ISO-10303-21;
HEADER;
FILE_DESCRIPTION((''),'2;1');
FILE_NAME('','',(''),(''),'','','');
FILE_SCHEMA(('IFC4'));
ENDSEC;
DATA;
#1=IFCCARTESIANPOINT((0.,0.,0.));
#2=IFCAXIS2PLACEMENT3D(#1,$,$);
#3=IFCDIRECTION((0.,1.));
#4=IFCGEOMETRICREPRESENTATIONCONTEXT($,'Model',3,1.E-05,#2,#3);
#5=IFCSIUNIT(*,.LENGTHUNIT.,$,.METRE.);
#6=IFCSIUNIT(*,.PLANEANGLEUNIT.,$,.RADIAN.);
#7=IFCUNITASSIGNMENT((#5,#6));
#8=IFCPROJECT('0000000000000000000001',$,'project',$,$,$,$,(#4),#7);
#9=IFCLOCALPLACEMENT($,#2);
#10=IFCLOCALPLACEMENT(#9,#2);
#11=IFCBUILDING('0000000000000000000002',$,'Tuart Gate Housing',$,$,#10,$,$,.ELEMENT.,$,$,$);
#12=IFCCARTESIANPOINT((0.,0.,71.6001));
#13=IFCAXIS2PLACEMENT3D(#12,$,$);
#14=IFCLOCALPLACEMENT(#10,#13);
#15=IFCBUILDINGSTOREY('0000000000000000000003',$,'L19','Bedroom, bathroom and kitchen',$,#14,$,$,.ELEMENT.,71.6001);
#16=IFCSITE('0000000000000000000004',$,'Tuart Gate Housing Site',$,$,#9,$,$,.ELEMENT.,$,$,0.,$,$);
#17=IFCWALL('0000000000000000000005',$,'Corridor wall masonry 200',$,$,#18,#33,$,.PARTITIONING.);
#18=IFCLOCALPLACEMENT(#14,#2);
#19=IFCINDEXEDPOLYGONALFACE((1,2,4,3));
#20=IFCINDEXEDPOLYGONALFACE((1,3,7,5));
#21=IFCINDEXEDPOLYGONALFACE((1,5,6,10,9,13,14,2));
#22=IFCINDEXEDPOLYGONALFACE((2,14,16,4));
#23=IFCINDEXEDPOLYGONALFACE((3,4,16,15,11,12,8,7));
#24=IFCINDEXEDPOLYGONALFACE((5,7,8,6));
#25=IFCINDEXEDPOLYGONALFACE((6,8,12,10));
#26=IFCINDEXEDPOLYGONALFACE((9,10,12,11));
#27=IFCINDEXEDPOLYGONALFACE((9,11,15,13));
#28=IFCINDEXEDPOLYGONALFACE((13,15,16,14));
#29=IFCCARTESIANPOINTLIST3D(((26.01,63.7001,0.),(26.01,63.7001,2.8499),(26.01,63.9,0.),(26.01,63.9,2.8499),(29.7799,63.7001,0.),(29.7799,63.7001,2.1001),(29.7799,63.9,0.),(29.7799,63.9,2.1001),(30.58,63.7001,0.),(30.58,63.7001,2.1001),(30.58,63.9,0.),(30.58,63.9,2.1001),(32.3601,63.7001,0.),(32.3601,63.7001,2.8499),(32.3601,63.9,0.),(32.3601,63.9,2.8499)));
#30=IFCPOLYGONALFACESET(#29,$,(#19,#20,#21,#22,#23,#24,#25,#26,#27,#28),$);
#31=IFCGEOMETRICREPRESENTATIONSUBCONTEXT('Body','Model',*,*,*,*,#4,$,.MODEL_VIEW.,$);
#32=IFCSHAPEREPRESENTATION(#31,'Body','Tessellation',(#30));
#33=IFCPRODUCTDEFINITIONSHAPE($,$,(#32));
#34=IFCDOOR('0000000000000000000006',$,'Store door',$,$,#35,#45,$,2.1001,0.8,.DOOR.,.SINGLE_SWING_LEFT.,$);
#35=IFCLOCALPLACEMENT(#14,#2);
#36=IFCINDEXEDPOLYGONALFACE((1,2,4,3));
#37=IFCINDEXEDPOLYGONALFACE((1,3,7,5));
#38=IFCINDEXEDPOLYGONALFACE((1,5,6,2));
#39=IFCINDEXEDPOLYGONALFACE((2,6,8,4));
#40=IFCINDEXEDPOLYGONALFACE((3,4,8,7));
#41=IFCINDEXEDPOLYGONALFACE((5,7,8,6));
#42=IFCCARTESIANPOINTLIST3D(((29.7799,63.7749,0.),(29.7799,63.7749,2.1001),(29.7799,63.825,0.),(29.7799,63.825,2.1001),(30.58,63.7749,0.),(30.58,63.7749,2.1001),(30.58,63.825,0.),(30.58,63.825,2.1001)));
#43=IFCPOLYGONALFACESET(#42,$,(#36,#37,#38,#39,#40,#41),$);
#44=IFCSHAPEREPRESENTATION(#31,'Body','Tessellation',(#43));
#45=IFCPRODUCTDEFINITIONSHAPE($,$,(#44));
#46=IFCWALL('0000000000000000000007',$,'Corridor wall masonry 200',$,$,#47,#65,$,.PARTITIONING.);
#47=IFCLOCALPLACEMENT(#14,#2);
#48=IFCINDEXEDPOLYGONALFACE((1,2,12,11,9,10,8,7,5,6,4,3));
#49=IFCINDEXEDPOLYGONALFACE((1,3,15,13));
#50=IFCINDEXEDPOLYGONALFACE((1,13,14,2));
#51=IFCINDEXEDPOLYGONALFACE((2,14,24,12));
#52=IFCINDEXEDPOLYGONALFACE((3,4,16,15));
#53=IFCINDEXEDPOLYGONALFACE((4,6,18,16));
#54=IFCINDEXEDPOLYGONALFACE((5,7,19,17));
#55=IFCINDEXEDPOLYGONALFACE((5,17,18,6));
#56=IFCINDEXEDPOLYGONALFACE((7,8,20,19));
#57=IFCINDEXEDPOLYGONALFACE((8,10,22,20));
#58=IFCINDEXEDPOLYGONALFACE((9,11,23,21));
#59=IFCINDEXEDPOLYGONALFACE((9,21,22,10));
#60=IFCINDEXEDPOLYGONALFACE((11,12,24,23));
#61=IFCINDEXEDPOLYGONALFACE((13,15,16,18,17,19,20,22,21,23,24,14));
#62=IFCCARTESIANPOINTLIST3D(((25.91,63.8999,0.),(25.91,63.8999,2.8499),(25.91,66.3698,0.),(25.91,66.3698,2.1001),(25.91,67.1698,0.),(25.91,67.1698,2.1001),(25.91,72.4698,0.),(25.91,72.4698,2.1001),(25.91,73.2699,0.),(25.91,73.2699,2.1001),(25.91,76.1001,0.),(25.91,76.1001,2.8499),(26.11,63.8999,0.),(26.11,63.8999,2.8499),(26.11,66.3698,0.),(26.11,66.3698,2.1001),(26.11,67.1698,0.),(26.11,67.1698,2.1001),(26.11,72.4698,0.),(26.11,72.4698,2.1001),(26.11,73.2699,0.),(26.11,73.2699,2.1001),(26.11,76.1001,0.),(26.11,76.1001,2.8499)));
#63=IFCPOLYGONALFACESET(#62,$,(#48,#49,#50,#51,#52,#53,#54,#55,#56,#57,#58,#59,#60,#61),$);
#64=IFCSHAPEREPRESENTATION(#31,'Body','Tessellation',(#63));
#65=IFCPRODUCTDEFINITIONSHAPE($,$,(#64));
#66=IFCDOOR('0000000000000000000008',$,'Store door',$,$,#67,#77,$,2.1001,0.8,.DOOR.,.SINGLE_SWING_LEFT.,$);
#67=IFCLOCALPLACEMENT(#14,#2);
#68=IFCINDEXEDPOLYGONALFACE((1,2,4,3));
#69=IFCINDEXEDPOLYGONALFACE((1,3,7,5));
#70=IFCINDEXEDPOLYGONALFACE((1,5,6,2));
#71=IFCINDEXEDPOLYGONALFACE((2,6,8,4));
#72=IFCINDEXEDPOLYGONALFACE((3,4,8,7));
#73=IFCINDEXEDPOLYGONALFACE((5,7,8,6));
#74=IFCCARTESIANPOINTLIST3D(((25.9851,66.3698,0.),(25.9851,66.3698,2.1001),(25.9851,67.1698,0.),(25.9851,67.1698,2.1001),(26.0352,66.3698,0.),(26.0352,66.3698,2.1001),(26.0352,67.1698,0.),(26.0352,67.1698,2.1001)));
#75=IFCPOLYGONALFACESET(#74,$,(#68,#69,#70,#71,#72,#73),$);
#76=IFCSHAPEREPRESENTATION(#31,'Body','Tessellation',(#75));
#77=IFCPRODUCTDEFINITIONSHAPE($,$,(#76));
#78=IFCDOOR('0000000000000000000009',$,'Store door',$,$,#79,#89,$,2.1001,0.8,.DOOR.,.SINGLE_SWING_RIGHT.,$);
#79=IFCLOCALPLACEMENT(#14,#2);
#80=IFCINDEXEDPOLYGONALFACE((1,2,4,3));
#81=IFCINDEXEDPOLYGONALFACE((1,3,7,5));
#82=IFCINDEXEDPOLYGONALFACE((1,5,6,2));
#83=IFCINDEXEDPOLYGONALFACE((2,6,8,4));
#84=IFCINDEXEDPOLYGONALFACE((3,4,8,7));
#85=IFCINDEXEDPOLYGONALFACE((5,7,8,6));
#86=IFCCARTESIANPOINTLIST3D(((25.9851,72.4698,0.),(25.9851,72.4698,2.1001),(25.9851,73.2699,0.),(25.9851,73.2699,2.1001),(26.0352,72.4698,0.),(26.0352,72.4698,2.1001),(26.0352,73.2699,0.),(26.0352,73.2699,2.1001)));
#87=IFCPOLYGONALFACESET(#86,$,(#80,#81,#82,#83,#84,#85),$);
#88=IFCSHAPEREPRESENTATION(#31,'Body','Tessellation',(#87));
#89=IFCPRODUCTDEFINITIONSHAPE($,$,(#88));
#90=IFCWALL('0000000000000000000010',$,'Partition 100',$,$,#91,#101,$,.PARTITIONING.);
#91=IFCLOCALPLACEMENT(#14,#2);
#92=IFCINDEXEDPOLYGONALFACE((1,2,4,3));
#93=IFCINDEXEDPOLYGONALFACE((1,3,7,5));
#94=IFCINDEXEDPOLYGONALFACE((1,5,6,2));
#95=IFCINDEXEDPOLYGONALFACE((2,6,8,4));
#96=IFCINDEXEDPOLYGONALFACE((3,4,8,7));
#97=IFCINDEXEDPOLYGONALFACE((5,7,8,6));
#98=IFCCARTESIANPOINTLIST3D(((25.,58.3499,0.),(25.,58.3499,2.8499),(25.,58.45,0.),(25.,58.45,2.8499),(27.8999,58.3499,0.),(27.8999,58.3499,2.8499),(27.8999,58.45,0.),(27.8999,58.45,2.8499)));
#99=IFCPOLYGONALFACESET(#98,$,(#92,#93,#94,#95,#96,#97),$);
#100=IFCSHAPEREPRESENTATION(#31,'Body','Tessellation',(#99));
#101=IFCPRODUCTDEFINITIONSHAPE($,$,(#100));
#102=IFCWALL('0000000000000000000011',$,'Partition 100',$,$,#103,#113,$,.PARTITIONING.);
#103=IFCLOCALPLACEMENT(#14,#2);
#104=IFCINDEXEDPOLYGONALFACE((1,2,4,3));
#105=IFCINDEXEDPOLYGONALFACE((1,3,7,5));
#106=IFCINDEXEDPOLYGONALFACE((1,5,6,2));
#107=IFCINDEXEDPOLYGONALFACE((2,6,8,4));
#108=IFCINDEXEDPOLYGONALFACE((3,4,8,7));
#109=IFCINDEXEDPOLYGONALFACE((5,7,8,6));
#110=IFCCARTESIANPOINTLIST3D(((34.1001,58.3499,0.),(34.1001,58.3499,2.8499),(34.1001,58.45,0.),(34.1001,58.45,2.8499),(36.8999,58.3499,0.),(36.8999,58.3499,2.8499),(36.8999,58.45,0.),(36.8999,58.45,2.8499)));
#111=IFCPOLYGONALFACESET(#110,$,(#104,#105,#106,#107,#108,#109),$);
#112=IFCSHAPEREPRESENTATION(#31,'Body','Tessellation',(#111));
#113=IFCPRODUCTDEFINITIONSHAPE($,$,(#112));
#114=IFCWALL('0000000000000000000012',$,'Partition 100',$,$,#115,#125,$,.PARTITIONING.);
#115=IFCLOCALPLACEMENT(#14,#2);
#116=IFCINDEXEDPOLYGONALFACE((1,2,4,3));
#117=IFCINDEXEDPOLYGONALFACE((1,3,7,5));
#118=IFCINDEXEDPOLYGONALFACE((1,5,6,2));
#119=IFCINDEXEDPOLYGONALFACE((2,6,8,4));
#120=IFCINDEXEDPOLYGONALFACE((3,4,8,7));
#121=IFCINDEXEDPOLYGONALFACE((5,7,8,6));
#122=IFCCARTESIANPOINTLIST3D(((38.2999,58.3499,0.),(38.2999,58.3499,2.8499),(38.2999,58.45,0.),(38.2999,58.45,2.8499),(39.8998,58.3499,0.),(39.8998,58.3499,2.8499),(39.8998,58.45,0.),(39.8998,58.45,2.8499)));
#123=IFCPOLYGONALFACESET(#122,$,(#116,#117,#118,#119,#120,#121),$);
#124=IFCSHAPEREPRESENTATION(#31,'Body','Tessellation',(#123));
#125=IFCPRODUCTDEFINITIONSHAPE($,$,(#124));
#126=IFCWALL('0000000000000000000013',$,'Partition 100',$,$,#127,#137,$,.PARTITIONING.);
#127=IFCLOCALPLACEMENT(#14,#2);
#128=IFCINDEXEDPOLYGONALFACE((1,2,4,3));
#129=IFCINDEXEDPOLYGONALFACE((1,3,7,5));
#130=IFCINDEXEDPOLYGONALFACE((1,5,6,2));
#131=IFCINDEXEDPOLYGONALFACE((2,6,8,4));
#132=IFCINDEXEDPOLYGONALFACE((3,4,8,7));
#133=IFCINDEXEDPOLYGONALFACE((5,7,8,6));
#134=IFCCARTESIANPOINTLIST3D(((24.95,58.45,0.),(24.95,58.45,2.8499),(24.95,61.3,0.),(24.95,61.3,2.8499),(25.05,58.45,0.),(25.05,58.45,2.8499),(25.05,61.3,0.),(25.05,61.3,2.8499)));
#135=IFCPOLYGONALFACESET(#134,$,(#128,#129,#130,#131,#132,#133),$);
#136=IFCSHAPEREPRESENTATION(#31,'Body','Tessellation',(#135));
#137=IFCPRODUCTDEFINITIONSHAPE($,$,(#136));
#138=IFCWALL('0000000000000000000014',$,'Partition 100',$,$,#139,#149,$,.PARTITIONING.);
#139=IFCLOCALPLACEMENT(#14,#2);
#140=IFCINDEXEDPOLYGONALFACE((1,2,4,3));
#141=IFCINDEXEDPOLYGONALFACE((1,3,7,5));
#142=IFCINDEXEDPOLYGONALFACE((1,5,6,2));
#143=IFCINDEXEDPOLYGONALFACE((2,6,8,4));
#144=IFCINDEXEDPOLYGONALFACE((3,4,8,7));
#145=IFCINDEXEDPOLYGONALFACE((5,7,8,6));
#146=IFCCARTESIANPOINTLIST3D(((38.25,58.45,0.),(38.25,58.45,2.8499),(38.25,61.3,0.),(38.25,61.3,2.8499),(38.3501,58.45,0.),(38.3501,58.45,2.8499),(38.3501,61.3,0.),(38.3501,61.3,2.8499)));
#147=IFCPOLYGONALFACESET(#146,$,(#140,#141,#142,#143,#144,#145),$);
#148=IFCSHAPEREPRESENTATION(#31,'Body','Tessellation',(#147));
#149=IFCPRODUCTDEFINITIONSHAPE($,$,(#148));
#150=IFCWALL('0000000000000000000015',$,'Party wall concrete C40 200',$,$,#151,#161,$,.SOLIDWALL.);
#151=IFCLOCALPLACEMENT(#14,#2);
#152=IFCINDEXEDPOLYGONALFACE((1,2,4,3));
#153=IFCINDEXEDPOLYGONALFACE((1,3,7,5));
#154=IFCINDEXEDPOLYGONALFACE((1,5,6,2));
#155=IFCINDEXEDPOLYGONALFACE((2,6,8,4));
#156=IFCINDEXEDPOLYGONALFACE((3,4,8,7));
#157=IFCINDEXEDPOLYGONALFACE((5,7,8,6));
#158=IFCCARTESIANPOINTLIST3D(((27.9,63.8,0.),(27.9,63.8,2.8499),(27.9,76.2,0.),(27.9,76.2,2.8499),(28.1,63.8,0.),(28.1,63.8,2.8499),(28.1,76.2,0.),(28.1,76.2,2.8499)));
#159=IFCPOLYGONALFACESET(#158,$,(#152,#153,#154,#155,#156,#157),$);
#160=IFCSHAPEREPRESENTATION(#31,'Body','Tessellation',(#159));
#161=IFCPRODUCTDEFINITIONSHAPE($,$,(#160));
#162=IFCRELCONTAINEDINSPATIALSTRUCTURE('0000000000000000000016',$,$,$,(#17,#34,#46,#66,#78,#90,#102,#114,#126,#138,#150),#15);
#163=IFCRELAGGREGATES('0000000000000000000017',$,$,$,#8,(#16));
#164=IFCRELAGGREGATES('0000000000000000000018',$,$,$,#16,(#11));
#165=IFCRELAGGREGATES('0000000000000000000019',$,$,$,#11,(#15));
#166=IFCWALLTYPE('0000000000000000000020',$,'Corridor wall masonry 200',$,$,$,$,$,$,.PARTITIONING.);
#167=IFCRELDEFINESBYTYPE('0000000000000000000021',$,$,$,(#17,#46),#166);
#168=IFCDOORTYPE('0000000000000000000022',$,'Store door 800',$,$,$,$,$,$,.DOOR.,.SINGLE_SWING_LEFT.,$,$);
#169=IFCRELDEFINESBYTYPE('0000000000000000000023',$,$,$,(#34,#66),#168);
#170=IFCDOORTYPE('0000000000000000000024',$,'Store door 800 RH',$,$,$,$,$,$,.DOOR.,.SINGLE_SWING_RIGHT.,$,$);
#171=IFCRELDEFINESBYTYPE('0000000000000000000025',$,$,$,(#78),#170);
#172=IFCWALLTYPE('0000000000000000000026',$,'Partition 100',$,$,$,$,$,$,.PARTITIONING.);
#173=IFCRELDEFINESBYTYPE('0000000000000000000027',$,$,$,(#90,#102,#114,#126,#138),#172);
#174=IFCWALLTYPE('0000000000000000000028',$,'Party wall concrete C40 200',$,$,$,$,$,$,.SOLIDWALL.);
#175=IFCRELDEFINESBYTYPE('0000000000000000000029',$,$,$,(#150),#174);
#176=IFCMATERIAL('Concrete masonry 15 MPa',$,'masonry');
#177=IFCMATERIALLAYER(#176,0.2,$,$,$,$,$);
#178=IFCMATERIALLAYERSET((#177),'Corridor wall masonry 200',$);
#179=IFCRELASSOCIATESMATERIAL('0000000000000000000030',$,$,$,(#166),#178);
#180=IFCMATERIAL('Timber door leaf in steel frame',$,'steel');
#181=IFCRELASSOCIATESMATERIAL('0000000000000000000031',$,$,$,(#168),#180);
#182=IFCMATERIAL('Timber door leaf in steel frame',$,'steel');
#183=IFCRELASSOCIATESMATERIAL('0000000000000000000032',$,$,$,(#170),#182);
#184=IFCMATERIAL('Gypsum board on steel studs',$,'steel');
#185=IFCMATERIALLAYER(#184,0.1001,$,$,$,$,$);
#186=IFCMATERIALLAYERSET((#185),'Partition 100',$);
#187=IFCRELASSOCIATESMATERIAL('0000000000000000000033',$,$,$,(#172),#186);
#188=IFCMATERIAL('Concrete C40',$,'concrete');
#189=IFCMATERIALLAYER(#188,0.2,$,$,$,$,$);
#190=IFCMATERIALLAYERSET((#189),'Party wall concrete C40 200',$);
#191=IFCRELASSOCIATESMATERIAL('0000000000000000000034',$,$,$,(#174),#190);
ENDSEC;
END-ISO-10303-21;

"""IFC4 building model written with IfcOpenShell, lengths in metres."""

from ifc_helpers import new_model, si_unit, direction, frame, frame_2d, origin, place, context, subcontext, project, spatial, rectangle, extrude, material, layer, layer_set, type_object, element, fill, save


model = new_model("IFC4")

# Units and contexts
model_context = context("Model", 3, precision=1e-05, world=origin(), true_north=direction((0.0, 1.0)))
body_context = subcontext(model_context, "Body", "Model", "MODEL_VIEW")
ifc_project = project(units=[si_unit("LENGTHUNIT", "METRE"), si_unit("PLANEANGLEUNIT", "RADIAN")], contexts=[model_context])

# Site, building, storey
site_placement = place(None, origin())
site = spatial("IfcSite", under=ifc_project, at=site_placement, Name="Tuart Gate Housing Site", CompositionType="ELEMENT", RefElevation=0.0)
building_placement = place(site_placement, origin())
building = spatial("IfcBuilding", under=site, at=building_placement, Name="Tuart Gate Housing", CompositionType="ELEMENT")
storey_placement = place(building_placement, frame((0.0, 0.0, 71.6001)))
storey = spatial("IfcBuildingStorey", under=building, at=storey_placement, Name="L19", Description="Bedroom, bathroom and kitchen", CompositionType="ELEMENT", Elevation=71.6001)

# Shared definitions
ifc_material_1 = material(Name="Concrete masonry 15 MPa", Category="masonry")
ifc_layer_1 = layer(ifc_material_1, 0.2)
ifc_layer_set_1 = layer_set([ifc_layer_1], Name="Corridor wall masonry 200")
wall_type_1 = type_object("IfcWallType", Name="Corridor wall masonry 200", PredefinedType="PARTITIONING", material=ifc_layer_set_1)

# Wall, opening, door
wall_1_placement = place(storey_placement, frame((26.01, 63.8, 0.0), z_axis=(0.0, 0.0, 1.0), x_axis=(1.0, 0.0, 0.0)))
wall_1 = element("IfcWall", 1, at=wall_1_placement, inside=storey, type_object=wall_type_1, Name="Corridor wall masonry 200", PredefinedType="PARTITIONING", context=body_context, shape_type="SweptSolid", body=[
    extrude(rectangle(XDim=6.3501, YDim=0.2, at=frame_2d((3.175, 0.0))), origin(), (0.0, 0.0, 1.0), 2.8499),
])
opening_1_placement = place(wall_1_placement, frame((3.77, 0.0, 0.0)))
opening_1 = element("IfcOpeningElement", 2, at=opening_1_placement, cuts=wall_1, PredefinedType="OPENING", context=body_context, shape_type="SweptSolid", body=[
    extrude(rectangle(XDim=0.8, YDim=2.1001, at=frame_2d((0.3999, 1.05))), frame((0.0, 0.1099, 0.0), z_axis=(0.0, -1.0, 0.0), x_axis=(1.0, 0.0, 0.0)), (0.0, 0.0, 1.0), 0.22),
])
ifc_material_2 = material(Name="Timber door leaf in steel frame", Category="steel")
door_type_1 = type_object("IfcDoorType", Name="Store door 800", OperationType="SINGLE_SWING_LEFT", PredefinedType="DOOR", material=ifc_material_2)
door_1_placement = place(opening_1_placement, origin())
door_1 = element("IfcDoor", 3, at=door_1_placement, inside=storey, type_object=door_type_1, Name="Store door", OperationType="SINGLE_SWING_LEFT", OverallHeight=2.1001, OverallWidth=0.8, PredefinedType="DOOR", context=body_context, shape_type="SweptSolid", body=[
    extrude(rectangle(XDim=0.8, YDim=2.1001, at=frame_2d((0.3999, 1.05))), frame((0.0, 0.0249, 0.0), z_axis=(0.0, -1.0, 0.0), x_axis=(1.0, 0.0, 0.0)), (0.0, 0.0, 1.0), 0.05),
])
fill(opening_1, door_1)

# Wall, openings, doors
wall_2_placement = place(storey_placement, frame((26.01, 63.8999, 0.0), z_axis=(0.0, 0.0, 1.0), x_axis=(0.0, 1.0, 0.0)))
wall_2 = element("IfcWall", 4, at=wall_2_placement, inside=storey, type_object=wall_type_1, Name="Corridor wall masonry 200", PredefinedType="PARTITIONING", context=body_context, shape_type="SweptSolid", body=[
    extrude(rectangle(XDim=12.2002, YDim=0.2, at=frame_2d((6.1001, 0.0))), origin(), (0.0, 0.0, 1.0), 2.8499),
])
opening_2_placement = place(wall_2_placement, frame((2.47, 0.0, 0.0)))
opening_2 = element("IfcOpeningElement", 5, at=opening_2_placement, cuts=wall_2, PredefinedType="OPENING", context=body_context, shape_type="SweptSolid", body=[
    extrude(rectangle(XDim=0.8, YDim=2.1001, at=frame_2d((0.3999, 1.05))), frame((0.0, 0.1099, 0.0), z_axis=(0.0, -1.0, 0.0), x_axis=(1.0, 0.0, 0.0)), (0.0, 0.0, 1.0), 0.22),
])
opening_3_placement = place(wall_2_placement, frame((8.5701, 0.0, 0.0)))
opening_3 = element("IfcOpeningElement", 6, at=opening_3_placement, cuts=wall_2, PredefinedType="OPENING", context=body_context, shape_type="SweptSolid", body=[
    extrude(rectangle(XDim=0.8, YDim=2.1001, at=frame_2d((0.3999, 1.05))), frame((0.0, 0.1099, 0.0), z_axis=(0.0, -1.0, 0.0), x_axis=(1.0, 0.0, 0.0)), (0.0, 0.0, 1.0), 0.22),
])
door_2_placement = place(opening_2_placement, frame((0.8, 0.0, 0.0), z_axis=(0.0, 0.0, 1.0), x_axis=(-1.0, 0.0, 0.0)))
door_2 = element("IfcDoor", 7, at=door_2_placement, inside=storey, type_object=door_type_1, Name="Store door", OperationType="SINGLE_SWING_LEFT", OverallHeight=2.1001, OverallWidth=0.8, PredefinedType="DOOR", context=body_context, shape_type="SweptSolid", body=[
    extrude(rectangle(XDim=0.8, YDim=2.1001, at=frame_2d((0.4001, 1.05))), frame((0.0, 0.0251, 0.0), z_axis=(0.0, -1.0, 0.0), x_axis=(1.0, 0.0, 0.0)), (0.0, 0.0, 1.0), 0.05),
])
fill(opening_2, door_2)
ifc_material_3 = material(Name="Timber door leaf in steel frame", Category="steel")
door_type_2 = type_object("IfcDoorType", Name="Store door 800 RH", OperationType="SINGLE_SWING_RIGHT", PredefinedType="DOOR", material=ifc_material_3)
door_3_placement = place(opening_3_placement, frame((0.8, 0.0, 0.0), z_axis=(0.0, 0.0, 1.0), x_axis=(-1.0, 0.0, 0.0)))
door_3 = element("IfcDoor", 8, at=door_3_placement, inside=storey, type_object=door_type_2, Name="Store door", OperationType="SINGLE_SWING_RIGHT", OverallHeight=2.1001, OverallWidth=0.8, PredefinedType="DOOR", context=body_context, shape_type="SweptSolid", body=[
    extrude(rectangle(XDim=0.8, YDim=2.1001, at=frame_2d((0.4001, 1.05))), frame((0.0, 0.0251, 0.0), z_axis=(0.0, -1.0, 0.0), x_axis=(1.0, 0.0, 0.0)), (0.0, 0.0, 1.0), 0.05),
])
fill(opening_3, door_3)

# Walls
ifc_material_4 = material(Name="Gypsum board on steel studs", Category="steel")
ifc_layer_2 = layer(ifc_material_4, 0.1001)
ifc_layer_set_2 = layer_set([ifc_layer_2], Name="Partition 100")
wall_type_2 = type_object("IfcWallType", Name="Partition 100", PredefinedType="PARTITIONING", material=ifc_layer_set_2)
wall_3_placement = place(storey_placement, frame((25.0, 58.3999, 0.0), z_axis=(0.0, 0.0, 1.0), x_axis=(1.0, 0.0, 0.0)))
element("IfcWall", 9, at=wall_3_placement, inside=storey, type_object=wall_type_2, Name="Partition 100", PredefinedType="PARTITIONING", context=body_context, shape_type="SweptSolid", body=[
    extrude(rectangle(XDim=2.8999, YDim=0.1001, at=frame_2d((1.45, 0.0))), origin(), (0.0, 0.0, 1.0), 2.8499),
])
wall_4_placement = place(storey_placement, frame((34.1001, 58.3999, 0.0), z_axis=(0.0, 0.0, 1.0), x_axis=(1.0, 0.0, 0.0)))
element("IfcWall", 10, at=wall_4_placement, inside=storey, type_object=wall_type_2, Name="Partition 100", PredefinedType="PARTITIONING", context=body_context, shape_type="SweptSolid", body=[
    extrude(rectangle(XDim=2.7998, YDim=0.1001, at=frame_2d((1.3999, 0.0))), origin(), (0.0, 0.0, 1.0), 2.8499),
])
wall_5_placement = place(storey_placement, frame((38.3, 58.3999, 0.0), z_axis=(0.0, 0.0, 1.0), x_axis=(1.0, 0.0, 0.0)))
element("IfcWall", 11, at=wall_5_placement, inside=storey, type_object=wall_type_2, Name="Partition 100", PredefinedType="PARTITIONING", context=body_context, shape_type="SweptSolid", body=[
    extrude(rectangle(XDim=1.5999, YDim=0.1001, at=frame_2d((0.7998, 0.0))), origin(), (0.0, 0.0, 1.0), 2.8499),
])
for number, where, z_axis, x_axis, name in (
    (12, (25.0, 58.45, 0.0), (0.0, 0.0, 1.0), (0.0, 1.0, 0.0), "Partition 100"),
    (13, (38.3, 58.45, 0.0), (0.0, 0.0, 1.0), (0.0, 1.0, 0.0), "Partition 100"),
):
    element("IfcWall", number, at=place(storey_placement, frame(where, z_axis=z_axis, x_axis=x_axis)), inside=storey, type_object=wall_type_2, Name=name, PredefinedType="PARTITIONING", context=body_context, shape_type="SweptSolid", body=[
        extrude(rectangle(XDim=2.8501, YDim=0.1001, at=frame_2d((1.425, 0.0))), origin(), (0.0, 0.0, 1.0), 2.8499),
    ])
ifc_material_5 = material(Name="Concrete C40", Category="concrete")
ifc_layer_3 = layer(ifc_material_5, 0.2)
ifc_layer_set_3 = layer_set([ifc_layer_3], Name="Party wall concrete C40 200")
wall_type_3 = type_object("IfcWallType", Name="Party wall concrete C40 200", PredefinedType="SOLIDWALL", material=ifc_layer_set_3)
wall_6_placement = place(storey_placement, frame((28.0, 63.8, 0.0), z_axis=(0.0, 0.0, 1.0), x_axis=(0.0, 1.0, 0.0)))
element("IfcWall", 14, at=wall_6_placement, inside=storey, type_object=wall_type_3, Name="Party wall concrete C40 200", PredefinedType="SOLIDWALL", context=body_context, shape_type="SweptSolid", body=[
    extrude(rectangle(XDim=12.3999, YDim=0.2, at=frame_2d((6.2, 0.0))), origin(), (0.0, 0.0, 1.0), 2.8499),
])

save(model, "model.ifc")
